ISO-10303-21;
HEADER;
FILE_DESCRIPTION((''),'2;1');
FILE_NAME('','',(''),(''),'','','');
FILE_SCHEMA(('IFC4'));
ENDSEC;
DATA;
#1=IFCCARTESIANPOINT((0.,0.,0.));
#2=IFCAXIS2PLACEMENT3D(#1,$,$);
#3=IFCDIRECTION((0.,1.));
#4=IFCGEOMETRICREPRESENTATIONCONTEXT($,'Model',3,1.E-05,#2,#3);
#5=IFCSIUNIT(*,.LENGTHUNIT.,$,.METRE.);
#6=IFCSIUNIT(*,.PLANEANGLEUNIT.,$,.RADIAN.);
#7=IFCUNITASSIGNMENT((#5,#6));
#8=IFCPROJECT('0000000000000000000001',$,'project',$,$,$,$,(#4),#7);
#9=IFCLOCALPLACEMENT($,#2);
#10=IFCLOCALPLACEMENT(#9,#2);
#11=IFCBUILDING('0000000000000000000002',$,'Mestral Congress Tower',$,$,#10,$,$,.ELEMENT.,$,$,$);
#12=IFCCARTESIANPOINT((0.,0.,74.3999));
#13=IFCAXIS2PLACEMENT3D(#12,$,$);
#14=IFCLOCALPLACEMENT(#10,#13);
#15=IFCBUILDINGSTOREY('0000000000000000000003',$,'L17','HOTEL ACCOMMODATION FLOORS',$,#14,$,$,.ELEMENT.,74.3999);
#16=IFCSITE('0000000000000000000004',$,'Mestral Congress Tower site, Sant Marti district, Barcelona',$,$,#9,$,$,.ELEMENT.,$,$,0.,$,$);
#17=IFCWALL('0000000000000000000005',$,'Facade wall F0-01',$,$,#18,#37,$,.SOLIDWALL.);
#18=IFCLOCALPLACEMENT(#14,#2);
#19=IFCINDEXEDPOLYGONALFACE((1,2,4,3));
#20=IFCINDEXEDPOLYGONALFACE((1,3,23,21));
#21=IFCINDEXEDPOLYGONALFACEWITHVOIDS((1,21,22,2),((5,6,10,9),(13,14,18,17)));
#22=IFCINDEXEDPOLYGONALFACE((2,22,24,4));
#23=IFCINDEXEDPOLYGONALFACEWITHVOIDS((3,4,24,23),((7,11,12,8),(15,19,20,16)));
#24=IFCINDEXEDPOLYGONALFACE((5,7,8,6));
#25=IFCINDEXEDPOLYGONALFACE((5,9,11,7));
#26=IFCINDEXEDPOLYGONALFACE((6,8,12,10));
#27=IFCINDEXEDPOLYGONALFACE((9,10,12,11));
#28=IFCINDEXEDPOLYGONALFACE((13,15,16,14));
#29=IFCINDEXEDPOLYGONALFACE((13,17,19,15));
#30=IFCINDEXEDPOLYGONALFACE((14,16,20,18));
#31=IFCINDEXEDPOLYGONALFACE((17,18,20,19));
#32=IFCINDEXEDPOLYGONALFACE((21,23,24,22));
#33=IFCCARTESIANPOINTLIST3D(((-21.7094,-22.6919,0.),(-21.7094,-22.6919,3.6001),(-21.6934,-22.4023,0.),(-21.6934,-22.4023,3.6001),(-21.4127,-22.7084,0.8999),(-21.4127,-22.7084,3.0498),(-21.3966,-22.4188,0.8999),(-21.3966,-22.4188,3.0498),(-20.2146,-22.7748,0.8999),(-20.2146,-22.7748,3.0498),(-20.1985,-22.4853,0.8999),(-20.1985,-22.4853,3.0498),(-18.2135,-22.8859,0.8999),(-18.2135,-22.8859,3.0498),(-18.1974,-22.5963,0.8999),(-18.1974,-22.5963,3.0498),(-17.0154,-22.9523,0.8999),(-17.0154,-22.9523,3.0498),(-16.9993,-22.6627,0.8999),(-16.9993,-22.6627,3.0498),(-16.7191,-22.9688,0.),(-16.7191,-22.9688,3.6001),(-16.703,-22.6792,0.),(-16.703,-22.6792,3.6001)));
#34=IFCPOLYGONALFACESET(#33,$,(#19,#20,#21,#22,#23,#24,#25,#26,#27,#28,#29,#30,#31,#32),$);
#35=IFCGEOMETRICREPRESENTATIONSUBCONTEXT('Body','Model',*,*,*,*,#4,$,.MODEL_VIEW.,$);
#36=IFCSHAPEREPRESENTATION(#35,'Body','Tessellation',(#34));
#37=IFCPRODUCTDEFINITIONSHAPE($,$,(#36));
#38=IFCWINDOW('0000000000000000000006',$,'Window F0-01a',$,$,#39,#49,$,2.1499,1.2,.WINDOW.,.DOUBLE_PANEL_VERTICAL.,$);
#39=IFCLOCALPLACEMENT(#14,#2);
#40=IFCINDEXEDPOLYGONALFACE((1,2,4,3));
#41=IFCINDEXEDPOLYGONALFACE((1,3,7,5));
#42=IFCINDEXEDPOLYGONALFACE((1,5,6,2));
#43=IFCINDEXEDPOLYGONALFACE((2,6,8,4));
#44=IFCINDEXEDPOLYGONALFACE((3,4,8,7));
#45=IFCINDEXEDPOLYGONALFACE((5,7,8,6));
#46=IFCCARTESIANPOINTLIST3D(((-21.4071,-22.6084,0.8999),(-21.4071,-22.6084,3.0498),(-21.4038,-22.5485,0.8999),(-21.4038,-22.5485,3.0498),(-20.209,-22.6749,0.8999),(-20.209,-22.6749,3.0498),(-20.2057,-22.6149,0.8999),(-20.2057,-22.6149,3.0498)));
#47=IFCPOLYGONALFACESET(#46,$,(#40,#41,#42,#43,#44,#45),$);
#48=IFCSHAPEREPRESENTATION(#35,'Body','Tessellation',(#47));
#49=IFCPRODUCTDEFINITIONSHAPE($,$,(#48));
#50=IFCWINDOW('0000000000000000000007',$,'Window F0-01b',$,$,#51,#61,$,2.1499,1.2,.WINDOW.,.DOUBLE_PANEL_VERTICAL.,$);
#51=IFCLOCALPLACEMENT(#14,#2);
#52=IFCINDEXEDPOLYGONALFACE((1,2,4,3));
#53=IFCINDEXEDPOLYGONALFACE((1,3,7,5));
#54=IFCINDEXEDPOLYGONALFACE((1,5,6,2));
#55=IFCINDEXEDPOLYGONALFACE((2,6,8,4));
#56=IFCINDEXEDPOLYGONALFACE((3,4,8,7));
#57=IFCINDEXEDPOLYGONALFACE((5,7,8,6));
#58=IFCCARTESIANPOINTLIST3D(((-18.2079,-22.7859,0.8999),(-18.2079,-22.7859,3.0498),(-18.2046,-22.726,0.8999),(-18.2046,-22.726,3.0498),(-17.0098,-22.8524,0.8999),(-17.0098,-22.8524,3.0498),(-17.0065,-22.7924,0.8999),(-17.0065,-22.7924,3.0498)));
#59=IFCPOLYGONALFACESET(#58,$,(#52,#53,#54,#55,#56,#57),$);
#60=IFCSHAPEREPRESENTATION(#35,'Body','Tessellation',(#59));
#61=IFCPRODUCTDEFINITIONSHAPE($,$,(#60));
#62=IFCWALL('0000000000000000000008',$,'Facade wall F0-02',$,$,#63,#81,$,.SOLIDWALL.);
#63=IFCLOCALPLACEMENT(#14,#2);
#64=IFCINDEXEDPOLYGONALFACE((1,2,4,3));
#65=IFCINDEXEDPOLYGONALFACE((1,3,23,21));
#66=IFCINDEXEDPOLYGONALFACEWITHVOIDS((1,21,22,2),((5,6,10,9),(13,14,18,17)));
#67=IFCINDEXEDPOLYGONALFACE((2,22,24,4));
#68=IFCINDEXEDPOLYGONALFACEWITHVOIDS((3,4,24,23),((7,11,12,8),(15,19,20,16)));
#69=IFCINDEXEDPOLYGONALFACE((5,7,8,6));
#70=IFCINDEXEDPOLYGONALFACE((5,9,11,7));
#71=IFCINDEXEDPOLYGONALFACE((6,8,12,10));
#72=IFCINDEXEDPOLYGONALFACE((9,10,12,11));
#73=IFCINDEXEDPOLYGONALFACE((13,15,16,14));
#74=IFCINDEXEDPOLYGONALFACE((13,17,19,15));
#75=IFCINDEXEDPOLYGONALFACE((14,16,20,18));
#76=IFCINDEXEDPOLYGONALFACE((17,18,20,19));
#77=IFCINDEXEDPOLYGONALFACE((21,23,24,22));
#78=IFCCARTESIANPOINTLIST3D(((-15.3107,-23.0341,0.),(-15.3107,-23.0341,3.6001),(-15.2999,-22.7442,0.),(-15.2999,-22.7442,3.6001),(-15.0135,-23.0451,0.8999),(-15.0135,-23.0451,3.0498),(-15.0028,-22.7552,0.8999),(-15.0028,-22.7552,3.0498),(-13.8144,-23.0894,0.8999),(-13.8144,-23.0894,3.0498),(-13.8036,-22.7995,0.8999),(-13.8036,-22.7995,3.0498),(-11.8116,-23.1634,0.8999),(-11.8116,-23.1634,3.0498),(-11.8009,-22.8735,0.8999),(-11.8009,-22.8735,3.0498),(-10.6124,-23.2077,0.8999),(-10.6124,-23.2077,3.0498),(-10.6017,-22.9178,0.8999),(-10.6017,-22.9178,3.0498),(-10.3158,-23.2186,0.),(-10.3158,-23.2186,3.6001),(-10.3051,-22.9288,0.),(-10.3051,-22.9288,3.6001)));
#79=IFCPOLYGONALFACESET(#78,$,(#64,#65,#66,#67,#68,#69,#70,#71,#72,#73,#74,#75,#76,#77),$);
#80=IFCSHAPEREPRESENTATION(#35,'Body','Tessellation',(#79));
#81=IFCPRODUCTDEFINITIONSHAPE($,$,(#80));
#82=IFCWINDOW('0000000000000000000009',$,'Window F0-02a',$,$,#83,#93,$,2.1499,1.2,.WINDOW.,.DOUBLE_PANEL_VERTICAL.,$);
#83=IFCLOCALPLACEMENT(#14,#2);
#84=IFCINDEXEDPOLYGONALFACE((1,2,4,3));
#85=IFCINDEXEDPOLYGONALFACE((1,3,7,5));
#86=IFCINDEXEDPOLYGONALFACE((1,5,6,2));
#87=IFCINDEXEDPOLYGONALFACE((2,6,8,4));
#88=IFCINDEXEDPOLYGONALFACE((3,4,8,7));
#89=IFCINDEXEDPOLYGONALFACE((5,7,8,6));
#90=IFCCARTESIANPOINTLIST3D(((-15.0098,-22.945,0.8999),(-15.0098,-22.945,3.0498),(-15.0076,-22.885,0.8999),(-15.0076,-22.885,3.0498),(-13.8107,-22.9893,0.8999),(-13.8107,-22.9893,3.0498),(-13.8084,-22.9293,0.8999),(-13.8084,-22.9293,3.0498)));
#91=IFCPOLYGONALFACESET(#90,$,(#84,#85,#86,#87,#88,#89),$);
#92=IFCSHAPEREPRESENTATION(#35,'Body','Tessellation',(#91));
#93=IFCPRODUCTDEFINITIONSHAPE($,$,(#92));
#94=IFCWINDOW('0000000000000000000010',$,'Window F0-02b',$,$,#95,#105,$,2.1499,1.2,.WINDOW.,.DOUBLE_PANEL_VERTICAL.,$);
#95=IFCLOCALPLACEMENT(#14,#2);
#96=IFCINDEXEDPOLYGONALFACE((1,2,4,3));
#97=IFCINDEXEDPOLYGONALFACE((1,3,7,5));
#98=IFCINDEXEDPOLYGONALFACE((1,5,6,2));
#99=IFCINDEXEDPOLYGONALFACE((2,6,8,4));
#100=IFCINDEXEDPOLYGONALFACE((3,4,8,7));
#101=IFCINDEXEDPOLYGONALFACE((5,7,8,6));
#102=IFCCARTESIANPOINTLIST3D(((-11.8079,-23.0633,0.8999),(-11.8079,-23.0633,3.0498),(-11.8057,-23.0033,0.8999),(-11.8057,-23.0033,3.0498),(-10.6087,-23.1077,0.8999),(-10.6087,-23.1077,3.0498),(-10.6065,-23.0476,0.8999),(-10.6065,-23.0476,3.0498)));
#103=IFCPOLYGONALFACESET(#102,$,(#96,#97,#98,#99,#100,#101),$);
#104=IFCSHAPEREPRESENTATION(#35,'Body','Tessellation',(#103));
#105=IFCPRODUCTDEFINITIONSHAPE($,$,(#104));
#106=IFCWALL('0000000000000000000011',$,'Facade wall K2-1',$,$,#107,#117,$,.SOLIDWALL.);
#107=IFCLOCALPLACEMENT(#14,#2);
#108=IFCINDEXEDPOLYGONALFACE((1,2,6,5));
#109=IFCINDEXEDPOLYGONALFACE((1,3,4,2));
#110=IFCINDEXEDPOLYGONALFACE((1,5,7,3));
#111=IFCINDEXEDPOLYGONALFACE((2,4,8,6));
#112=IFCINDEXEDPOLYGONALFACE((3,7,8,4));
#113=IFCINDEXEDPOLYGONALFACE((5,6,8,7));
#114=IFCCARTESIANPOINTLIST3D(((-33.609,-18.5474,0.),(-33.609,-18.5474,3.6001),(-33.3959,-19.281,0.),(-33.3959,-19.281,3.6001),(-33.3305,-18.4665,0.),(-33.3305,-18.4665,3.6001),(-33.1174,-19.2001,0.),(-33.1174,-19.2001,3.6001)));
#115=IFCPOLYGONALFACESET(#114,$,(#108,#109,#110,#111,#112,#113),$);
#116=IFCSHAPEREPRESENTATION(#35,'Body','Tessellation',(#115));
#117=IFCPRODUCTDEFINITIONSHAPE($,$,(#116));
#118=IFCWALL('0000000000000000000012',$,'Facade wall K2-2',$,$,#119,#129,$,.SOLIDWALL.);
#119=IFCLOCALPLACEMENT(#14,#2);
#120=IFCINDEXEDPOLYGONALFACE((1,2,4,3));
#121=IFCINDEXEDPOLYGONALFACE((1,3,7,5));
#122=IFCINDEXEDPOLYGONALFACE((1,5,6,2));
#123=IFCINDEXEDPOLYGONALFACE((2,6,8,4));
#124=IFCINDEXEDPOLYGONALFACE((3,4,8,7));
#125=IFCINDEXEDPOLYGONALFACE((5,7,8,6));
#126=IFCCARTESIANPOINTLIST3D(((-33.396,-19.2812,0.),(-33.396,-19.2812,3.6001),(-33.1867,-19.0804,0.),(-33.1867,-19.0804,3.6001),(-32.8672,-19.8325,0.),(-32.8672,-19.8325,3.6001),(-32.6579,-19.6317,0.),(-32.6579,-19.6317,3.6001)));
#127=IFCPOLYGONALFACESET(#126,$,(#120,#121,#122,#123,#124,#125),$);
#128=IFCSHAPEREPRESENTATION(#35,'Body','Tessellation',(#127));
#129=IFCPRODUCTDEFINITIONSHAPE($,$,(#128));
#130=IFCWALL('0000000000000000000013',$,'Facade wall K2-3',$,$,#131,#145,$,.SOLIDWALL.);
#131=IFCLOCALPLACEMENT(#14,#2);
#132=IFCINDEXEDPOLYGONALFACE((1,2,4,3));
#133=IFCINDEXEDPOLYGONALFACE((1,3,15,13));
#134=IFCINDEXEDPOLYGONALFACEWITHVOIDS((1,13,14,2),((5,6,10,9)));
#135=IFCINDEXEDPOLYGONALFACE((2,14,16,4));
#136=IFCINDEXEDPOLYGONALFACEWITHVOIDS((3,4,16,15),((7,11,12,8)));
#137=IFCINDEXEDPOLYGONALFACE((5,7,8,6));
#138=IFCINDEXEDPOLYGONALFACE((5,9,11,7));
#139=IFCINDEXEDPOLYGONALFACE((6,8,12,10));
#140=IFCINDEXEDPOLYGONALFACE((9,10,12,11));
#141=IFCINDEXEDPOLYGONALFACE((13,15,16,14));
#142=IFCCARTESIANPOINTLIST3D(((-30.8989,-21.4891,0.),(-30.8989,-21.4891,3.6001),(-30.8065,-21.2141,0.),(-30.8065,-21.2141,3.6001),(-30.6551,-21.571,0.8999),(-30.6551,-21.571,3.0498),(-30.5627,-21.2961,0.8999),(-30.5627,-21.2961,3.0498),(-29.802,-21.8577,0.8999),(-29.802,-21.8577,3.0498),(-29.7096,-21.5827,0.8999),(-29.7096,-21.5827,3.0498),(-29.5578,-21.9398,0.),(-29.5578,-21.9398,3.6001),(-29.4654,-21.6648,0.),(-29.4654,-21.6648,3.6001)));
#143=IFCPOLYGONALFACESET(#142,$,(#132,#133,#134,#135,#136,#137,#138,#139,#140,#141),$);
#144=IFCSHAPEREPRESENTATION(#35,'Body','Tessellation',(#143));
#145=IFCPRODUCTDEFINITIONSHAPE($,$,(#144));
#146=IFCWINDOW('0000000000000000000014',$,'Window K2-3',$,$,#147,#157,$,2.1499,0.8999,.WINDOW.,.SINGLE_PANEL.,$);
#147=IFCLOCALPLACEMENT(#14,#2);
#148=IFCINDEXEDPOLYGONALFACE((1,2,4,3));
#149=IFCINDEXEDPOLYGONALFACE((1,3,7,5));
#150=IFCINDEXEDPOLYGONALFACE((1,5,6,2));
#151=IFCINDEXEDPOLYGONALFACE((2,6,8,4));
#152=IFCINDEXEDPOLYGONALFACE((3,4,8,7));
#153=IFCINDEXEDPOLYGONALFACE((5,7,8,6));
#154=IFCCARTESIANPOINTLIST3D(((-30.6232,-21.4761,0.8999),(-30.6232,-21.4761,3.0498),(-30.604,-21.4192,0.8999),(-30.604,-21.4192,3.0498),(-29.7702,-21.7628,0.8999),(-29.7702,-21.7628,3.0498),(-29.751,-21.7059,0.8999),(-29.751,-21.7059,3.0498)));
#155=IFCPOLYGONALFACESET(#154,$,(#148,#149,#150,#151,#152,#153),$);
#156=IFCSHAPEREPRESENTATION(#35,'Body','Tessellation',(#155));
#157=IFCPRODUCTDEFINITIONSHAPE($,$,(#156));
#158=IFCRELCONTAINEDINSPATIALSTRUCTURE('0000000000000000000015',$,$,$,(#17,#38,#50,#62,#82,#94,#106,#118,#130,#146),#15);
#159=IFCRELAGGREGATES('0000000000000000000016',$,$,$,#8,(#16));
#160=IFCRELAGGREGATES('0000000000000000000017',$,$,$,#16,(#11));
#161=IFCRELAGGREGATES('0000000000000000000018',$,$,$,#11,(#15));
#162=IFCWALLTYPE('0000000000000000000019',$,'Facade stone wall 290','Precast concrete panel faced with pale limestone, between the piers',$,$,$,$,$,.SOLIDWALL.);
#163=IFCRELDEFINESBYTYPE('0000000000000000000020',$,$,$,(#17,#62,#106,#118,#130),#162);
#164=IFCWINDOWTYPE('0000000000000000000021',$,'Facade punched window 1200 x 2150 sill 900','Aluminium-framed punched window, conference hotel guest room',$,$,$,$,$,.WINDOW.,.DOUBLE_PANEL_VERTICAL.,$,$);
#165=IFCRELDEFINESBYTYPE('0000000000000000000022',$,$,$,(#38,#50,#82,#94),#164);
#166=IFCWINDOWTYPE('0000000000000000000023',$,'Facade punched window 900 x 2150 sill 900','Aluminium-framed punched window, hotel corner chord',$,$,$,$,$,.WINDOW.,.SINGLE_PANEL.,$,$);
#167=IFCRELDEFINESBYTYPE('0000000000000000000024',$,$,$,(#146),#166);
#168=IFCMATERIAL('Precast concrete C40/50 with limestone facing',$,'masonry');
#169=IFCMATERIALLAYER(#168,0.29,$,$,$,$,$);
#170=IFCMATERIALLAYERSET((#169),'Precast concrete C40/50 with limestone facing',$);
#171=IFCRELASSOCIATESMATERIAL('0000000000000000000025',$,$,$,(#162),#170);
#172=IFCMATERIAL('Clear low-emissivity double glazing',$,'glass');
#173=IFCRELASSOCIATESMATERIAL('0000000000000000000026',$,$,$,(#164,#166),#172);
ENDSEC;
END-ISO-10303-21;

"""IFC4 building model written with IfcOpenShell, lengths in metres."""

from ifc_helpers import new_model, si_unit, direction, frame, frame_2d, origin, place, context, subcontext, project, spatial, rectangle, extrude, material, layer, layer_set, type_object, element, fill, save


model = new_model("IFC4")

# Units and contexts
model_context = context("Model", 3, precision=1e-05, world=origin(), true_north=direction((0.0, 1.0)))
body_context = subcontext(model_context, "Body", "Model", "MODEL_VIEW")
ifc_project = project(units=[si_unit("LENGTHUNIT", "METRE"), si_unit("PLANEANGLEUNIT", "RADIAN")], contexts=[model_context])

# Site, building, storey
site_placement = place(None, origin())
site = spatial("IfcSite", under=ifc_project, at=site_placement, Name="Mestral Congress Tower site, Sant Marti district, Barcelona", CompositionType="ELEMENT", RefElevation=0.0)
building_placement = place(site_placement, origin())
building = spatial("IfcBuilding", under=site, at=building_placement, Name="Mestral Congress Tower", CompositionType="ELEMENT")
storey_placement = place(building_placement, frame((0.0, 0.0, 74.3999)))
storey = spatial("IfcBuildingStorey", under=building, at=storey_placement, Name="L17", Description="HOTEL ACCOMMODATION FLOORS", CompositionType="ELEMENT", Elevation=74.3999)

# Walls, openings, windows
ifc_material_1 = material(Name="Precast concrete C40/50 with limestone facing", Category="masonry")
ifc_layer_1 = layer(ifc_material_1, 0.29)
ifc_layer_set_1 = layer_set([ifc_layer_1], Name="Precast concrete C40/50 with limestone facing")
wall_type_1 = type_object("IfcWallType", Name="Facade stone wall 290", Description="Precast concrete panel faced with pale limestone, between the piers", PredefinedType="SOLIDWALL", material=ifc_layer_set_1)
ifc_material_2 = material(Name="Clear low-emissivity double glazing", Category="glass")
window_type_1 = type_object("IfcWindowType", Name="Facade punched window 1200 x 2150 sill 900", Description="Aluminium-framed punched window, conference hotel guest room", PartitioningType="DOUBLE_PANEL_VERTICAL", PredefinedType="WINDOW", material=ifc_material_2)
wall_1_placement = place(storey_placement, frame((-21.7014, -22.5471, 0.0), z_axis=(0.0, 0.0, 1.0), x_axis=(0.998465, -0.055392, 0.0)))
wall_1 = element("IfcWall", 1, at=wall_1_placement, inside=storey, type_object=wall_type_1, Name="Facade wall F0-01", PredefinedType="SOLIDWALL", context=body_context, shape_type="SweptSolid", body=[
    extrude(rectangle(XDim=4.998, YDim=0.29, at=frame_2d((2.499, 0.0))), origin(), (0.0, 0.0, 1.0), 3.6001),
])
opening_1_placement = place(wall_1_placement, frame((0.2971, 0.0, 0.8999)))
opening_1 = element("IfcOpeningElement", 2, at=opening_1_placement, cuts=wall_1, PredefinedType="OPENING", context=body_context, shape_type="SweptSolid", body=[
    extrude(rectangle(XDim=1.2, YDim=2.1499, at=frame_2d((0.6001, 1.075))), frame((0.0, 0.155, 0.0), z_axis=(0.0, -1.0, 0.0), x_axis=(1.0, 0.0, 0.0)), (0.0, 0.0, 1.0), 0.3101),
])
opening_2_placement = place(wall_1_placement, frame((3.5012, 0.0, 0.8999)))
opening_2 = element("IfcOpeningElement", 3, at=opening_2_placement, cuts=wall_1, PredefinedType="OPENING", context=body_context, shape_type="SweptSolid", body=[
    extrude(rectangle(XDim=1.2, YDim=2.1499, at=frame_2d((0.6001, 1.075))), frame((0.0, 0.155, 0.0), z_axis=(0.0, -1.0, 0.0), x_axis=(1.0, 0.0, 0.0)), (0.0, 0.0, 1.0), 0.3101),
])
window_1_placement = place(opening_1_placement, origin())
window_1 = element("IfcWindow", 4, at=window_1_placement, inside=storey, type_object=window_type_1, Name="Window F0-01a", OverallHeight=2.1499, OverallWidth=1.2, PartitioningType="DOUBLE_PANEL_VERTICAL", PredefinedType="WINDOW", context=body_context, shape_type="SweptSolid", body=[
    extrude(rectangle(XDim=1.2, YDim=2.1499, at=frame_2d((0.6001, 1.075))), frame((0.0, 0.0151, 0.0), z_axis=(0.0, -1.0, 0.0), x_axis=(1.0, 0.0, 0.0)), (0.0, 0.0, 1.0), 0.0601),
])
fill(opening_1, window_1)
window_2_placement = place(opening_2_placement, origin())
window_2 = element("IfcWindow", 5, at=window_2_placement, inside=storey, type_object=window_type_1, Name="Window F0-01b", OverallHeight=2.1499, OverallWidth=1.2, PartitioningType="DOUBLE_PANEL_VERTICAL", PredefinedType="WINDOW", context=body_context, shape_type="SweptSolid", body=[
    extrude(rectangle(XDim=1.2, YDim=2.1499, at=frame_2d((0.6001, 1.075))), frame((0.0, 0.0151, 0.0), z_axis=(0.0, -1.0, 0.0), x_axis=(1.0, 0.0, 0.0)), (0.0, 0.0, 1.0), 0.0601),
])
fill(opening_2, window_2)
wall_2_placement = place(storey_placement, frame((-15.3052, -22.8892, 0.0), z_axis=(0.0, 0.0, 1.0), x_axis=(0.999318, -0.036927, 0.0)))
wall_2 = element("IfcWall", 6, at=wall_2_placement, inside=storey, type_object=wall_type_1, Name="Facade wall F0-02", PredefinedType="SOLIDWALL", context=body_context, shape_type="SweptSolid", body=[
    extrude(rectangle(XDim=4.9983, YDim=0.29, at=frame_2d((2.499, 0.0))), origin(), (0.0, 0.0, 1.0), 3.6001),
])
opening_3_placement = place(wall_2_placement, frame((0.2971, 0.0, 0.8999)))
opening_3 = element("IfcOpeningElement", 7, at=opening_3_placement, cuts=wall_2, PredefinedType="OPENING", context=body_context, shape_type="SweptSolid", body=[
    extrude(rectangle(XDim=1.2, YDim=2.1499, at=frame_2d((0.6001, 1.075))), frame((0.0, 0.155, 0.0), z_axis=(0.0, -1.0, 0.0), x_axis=(1.0, 0.0, 0.0)), (0.0, 0.0, 1.0), 0.3101),
])
opening_4_placement = place(wall_2_placement, frame((3.5012, 0.0, 0.8999)))
opening_4 = element("IfcOpeningElement", 8, at=opening_4_placement, cuts=wall_2, PredefinedType="OPENING", context=body_context, shape_type="SweptSolid", body=[
    extrude(rectangle(XDim=1.2, YDim=2.1499, at=frame_2d((0.6001, 1.075))), frame((0.0, 0.155, 0.0), z_axis=(0.0, -1.0, 0.0), x_axis=(1.0, 0.0, 0.0)), (0.0, 0.0, 1.0), 0.3101),
])
window_3_placement = place(opening_3_placement, origin())
window_3 = element("IfcWindow", 9, at=window_3_placement, inside=storey, type_object=window_type_1, Name="Window F0-02a", OverallHeight=2.1499, OverallWidth=1.2, PartitioningType="DOUBLE_PANEL_VERTICAL", PredefinedType="WINDOW", context=body_context, shape_type="SweptSolid", body=[
    extrude(rectangle(XDim=1.2, YDim=2.1499, at=frame_2d((0.6001, 1.075))), frame((0.0, 0.0151, 0.0), z_axis=(0.0, -1.0, 0.0), x_axis=(1.0, 0.0, 0.0)), (0.0, 0.0, 1.0), 0.0601),
])
fill(opening_3, window_3)
window_4_placement = place(opening_4_placement, origin())
window_4 = element("IfcWindow", 10, at=window_4_placement, inside=storey, type_object=window_type_1, Name="Window F0-02b", OverallHeight=2.1499, OverallWidth=1.2, PartitioningType="DOUBLE_PANEL_VERTICAL", PredefinedType="WINDOW", context=body_context, shape_type="SweptSolid", body=[
    extrude(rectangle(XDim=1.2, YDim=2.1499, at=frame_2d((0.6001, 1.075))), frame((0.0, 0.0151, 0.0), z_axis=(0.0, -1.0, 0.0), x_axis=(1.0, 0.0, 0.0)), (0.0, 0.0, 1.0), 0.0601),
])
fill(opening_4, window_4)

# Walls
for number, where, z_axis, x_axis, name in (
    (11, (-33.4697, -18.5071, 0.0), (0.0, 0.0, 1.0), (0.278981, -0.960297, 0.0), "Facade wall K2-1"),
    (12, (-33.2913, -19.1809, 0.0), (0.0, 0.0, 1.0), (0.692252, -0.721656, 0.0), "Facade wall K2-2"),
):
    element("IfcWall", number, at=place(storey_placement, frame(where, z_axis=z_axis, x_axis=x_axis)), inside=storey, type_object=wall_type_1, Name=name, PredefinedType="SOLIDWALL", context=body_context, shape_type="SweptSolid", body=[
        extrude(rectangle(XDim=0.7639, YDim=0.29, at=frame_2d((0.3818, 0.0))), origin(), (0.0, 0.0, 1.0), 3.6001),
    ])

# Wall, opening, window
wall_3_placement = place(storey_placement, frame((-30.8528, -21.3516, 0.0), z_axis=(0.0, 0.0, 1.0), x_axis=(0.947904, -0.318556, 0.0)))
wall_3 = element("IfcWall", 13, at=wall_3_placement, inside=storey, type_object=wall_type_1, Name="Facade wall K2-3", PredefinedType="SOLIDWALL", context=body_context, shape_type="SweptSolid", body=[
    extrude(rectangle(XDim=1.4148, YDim=0.29, at=frame_2d((0.7075, 0.0))), origin(), (0.0, 0.0, 1.0), 3.6001),
])
opening_5_placement = place(wall_3_placement, frame((0.2573, 0.0, 0.8999)))
opening_5 = element("IfcOpeningElement", 14, at=opening_5_placement, cuts=wall_3, PredefinedType="OPENING", context=body_context, shape_type="SweptSolid", body=[
    extrude(rectangle(XDim=0.8999, YDim=2.1499, at=frame_2d((0.45, 1.075))), frame((0.0, 0.155, 0.0), z_axis=(0.0, -1.0, 0.0), x_axis=(1.0, 0.0, 0.0)), (0.0, 0.0, 1.0), 0.3101),
])
window_type_2 = type_object("IfcWindowType", Name="Facade punched window 900 x 2150 sill 900", Description="Aluminium-framed punched window, hotel corner chord", PartitioningType="SINGLE_PANEL", PredefinedType="WINDOW", material=ifc_material_2)
window_5_placement = place(opening_5_placement, origin())
window_5 = element("IfcWindow", 15, at=window_5_placement, inside=storey, type_object=window_type_2, Name="Window K2-3", OverallHeight=2.1499, OverallWidth=0.8999, PartitioningType="SINGLE_PANEL", PredefinedType="WINDOW", context=body_context, shape_type="SweptSolid", body=[
    extrude(rectangle(XDim=0.8999, YDim=2.1499, at=frame_2d((0.45, 1.075))), frame((0.0, 0.0151, 0.0), z_axis=(0.0, -1.0, 0.0), x_axis=(1.0, 0.0, 0.0)), (0.0, 0.0, 1.0), 0.0601),
])
fill(opening_5, window_5)

save(model, "model.ifc")
